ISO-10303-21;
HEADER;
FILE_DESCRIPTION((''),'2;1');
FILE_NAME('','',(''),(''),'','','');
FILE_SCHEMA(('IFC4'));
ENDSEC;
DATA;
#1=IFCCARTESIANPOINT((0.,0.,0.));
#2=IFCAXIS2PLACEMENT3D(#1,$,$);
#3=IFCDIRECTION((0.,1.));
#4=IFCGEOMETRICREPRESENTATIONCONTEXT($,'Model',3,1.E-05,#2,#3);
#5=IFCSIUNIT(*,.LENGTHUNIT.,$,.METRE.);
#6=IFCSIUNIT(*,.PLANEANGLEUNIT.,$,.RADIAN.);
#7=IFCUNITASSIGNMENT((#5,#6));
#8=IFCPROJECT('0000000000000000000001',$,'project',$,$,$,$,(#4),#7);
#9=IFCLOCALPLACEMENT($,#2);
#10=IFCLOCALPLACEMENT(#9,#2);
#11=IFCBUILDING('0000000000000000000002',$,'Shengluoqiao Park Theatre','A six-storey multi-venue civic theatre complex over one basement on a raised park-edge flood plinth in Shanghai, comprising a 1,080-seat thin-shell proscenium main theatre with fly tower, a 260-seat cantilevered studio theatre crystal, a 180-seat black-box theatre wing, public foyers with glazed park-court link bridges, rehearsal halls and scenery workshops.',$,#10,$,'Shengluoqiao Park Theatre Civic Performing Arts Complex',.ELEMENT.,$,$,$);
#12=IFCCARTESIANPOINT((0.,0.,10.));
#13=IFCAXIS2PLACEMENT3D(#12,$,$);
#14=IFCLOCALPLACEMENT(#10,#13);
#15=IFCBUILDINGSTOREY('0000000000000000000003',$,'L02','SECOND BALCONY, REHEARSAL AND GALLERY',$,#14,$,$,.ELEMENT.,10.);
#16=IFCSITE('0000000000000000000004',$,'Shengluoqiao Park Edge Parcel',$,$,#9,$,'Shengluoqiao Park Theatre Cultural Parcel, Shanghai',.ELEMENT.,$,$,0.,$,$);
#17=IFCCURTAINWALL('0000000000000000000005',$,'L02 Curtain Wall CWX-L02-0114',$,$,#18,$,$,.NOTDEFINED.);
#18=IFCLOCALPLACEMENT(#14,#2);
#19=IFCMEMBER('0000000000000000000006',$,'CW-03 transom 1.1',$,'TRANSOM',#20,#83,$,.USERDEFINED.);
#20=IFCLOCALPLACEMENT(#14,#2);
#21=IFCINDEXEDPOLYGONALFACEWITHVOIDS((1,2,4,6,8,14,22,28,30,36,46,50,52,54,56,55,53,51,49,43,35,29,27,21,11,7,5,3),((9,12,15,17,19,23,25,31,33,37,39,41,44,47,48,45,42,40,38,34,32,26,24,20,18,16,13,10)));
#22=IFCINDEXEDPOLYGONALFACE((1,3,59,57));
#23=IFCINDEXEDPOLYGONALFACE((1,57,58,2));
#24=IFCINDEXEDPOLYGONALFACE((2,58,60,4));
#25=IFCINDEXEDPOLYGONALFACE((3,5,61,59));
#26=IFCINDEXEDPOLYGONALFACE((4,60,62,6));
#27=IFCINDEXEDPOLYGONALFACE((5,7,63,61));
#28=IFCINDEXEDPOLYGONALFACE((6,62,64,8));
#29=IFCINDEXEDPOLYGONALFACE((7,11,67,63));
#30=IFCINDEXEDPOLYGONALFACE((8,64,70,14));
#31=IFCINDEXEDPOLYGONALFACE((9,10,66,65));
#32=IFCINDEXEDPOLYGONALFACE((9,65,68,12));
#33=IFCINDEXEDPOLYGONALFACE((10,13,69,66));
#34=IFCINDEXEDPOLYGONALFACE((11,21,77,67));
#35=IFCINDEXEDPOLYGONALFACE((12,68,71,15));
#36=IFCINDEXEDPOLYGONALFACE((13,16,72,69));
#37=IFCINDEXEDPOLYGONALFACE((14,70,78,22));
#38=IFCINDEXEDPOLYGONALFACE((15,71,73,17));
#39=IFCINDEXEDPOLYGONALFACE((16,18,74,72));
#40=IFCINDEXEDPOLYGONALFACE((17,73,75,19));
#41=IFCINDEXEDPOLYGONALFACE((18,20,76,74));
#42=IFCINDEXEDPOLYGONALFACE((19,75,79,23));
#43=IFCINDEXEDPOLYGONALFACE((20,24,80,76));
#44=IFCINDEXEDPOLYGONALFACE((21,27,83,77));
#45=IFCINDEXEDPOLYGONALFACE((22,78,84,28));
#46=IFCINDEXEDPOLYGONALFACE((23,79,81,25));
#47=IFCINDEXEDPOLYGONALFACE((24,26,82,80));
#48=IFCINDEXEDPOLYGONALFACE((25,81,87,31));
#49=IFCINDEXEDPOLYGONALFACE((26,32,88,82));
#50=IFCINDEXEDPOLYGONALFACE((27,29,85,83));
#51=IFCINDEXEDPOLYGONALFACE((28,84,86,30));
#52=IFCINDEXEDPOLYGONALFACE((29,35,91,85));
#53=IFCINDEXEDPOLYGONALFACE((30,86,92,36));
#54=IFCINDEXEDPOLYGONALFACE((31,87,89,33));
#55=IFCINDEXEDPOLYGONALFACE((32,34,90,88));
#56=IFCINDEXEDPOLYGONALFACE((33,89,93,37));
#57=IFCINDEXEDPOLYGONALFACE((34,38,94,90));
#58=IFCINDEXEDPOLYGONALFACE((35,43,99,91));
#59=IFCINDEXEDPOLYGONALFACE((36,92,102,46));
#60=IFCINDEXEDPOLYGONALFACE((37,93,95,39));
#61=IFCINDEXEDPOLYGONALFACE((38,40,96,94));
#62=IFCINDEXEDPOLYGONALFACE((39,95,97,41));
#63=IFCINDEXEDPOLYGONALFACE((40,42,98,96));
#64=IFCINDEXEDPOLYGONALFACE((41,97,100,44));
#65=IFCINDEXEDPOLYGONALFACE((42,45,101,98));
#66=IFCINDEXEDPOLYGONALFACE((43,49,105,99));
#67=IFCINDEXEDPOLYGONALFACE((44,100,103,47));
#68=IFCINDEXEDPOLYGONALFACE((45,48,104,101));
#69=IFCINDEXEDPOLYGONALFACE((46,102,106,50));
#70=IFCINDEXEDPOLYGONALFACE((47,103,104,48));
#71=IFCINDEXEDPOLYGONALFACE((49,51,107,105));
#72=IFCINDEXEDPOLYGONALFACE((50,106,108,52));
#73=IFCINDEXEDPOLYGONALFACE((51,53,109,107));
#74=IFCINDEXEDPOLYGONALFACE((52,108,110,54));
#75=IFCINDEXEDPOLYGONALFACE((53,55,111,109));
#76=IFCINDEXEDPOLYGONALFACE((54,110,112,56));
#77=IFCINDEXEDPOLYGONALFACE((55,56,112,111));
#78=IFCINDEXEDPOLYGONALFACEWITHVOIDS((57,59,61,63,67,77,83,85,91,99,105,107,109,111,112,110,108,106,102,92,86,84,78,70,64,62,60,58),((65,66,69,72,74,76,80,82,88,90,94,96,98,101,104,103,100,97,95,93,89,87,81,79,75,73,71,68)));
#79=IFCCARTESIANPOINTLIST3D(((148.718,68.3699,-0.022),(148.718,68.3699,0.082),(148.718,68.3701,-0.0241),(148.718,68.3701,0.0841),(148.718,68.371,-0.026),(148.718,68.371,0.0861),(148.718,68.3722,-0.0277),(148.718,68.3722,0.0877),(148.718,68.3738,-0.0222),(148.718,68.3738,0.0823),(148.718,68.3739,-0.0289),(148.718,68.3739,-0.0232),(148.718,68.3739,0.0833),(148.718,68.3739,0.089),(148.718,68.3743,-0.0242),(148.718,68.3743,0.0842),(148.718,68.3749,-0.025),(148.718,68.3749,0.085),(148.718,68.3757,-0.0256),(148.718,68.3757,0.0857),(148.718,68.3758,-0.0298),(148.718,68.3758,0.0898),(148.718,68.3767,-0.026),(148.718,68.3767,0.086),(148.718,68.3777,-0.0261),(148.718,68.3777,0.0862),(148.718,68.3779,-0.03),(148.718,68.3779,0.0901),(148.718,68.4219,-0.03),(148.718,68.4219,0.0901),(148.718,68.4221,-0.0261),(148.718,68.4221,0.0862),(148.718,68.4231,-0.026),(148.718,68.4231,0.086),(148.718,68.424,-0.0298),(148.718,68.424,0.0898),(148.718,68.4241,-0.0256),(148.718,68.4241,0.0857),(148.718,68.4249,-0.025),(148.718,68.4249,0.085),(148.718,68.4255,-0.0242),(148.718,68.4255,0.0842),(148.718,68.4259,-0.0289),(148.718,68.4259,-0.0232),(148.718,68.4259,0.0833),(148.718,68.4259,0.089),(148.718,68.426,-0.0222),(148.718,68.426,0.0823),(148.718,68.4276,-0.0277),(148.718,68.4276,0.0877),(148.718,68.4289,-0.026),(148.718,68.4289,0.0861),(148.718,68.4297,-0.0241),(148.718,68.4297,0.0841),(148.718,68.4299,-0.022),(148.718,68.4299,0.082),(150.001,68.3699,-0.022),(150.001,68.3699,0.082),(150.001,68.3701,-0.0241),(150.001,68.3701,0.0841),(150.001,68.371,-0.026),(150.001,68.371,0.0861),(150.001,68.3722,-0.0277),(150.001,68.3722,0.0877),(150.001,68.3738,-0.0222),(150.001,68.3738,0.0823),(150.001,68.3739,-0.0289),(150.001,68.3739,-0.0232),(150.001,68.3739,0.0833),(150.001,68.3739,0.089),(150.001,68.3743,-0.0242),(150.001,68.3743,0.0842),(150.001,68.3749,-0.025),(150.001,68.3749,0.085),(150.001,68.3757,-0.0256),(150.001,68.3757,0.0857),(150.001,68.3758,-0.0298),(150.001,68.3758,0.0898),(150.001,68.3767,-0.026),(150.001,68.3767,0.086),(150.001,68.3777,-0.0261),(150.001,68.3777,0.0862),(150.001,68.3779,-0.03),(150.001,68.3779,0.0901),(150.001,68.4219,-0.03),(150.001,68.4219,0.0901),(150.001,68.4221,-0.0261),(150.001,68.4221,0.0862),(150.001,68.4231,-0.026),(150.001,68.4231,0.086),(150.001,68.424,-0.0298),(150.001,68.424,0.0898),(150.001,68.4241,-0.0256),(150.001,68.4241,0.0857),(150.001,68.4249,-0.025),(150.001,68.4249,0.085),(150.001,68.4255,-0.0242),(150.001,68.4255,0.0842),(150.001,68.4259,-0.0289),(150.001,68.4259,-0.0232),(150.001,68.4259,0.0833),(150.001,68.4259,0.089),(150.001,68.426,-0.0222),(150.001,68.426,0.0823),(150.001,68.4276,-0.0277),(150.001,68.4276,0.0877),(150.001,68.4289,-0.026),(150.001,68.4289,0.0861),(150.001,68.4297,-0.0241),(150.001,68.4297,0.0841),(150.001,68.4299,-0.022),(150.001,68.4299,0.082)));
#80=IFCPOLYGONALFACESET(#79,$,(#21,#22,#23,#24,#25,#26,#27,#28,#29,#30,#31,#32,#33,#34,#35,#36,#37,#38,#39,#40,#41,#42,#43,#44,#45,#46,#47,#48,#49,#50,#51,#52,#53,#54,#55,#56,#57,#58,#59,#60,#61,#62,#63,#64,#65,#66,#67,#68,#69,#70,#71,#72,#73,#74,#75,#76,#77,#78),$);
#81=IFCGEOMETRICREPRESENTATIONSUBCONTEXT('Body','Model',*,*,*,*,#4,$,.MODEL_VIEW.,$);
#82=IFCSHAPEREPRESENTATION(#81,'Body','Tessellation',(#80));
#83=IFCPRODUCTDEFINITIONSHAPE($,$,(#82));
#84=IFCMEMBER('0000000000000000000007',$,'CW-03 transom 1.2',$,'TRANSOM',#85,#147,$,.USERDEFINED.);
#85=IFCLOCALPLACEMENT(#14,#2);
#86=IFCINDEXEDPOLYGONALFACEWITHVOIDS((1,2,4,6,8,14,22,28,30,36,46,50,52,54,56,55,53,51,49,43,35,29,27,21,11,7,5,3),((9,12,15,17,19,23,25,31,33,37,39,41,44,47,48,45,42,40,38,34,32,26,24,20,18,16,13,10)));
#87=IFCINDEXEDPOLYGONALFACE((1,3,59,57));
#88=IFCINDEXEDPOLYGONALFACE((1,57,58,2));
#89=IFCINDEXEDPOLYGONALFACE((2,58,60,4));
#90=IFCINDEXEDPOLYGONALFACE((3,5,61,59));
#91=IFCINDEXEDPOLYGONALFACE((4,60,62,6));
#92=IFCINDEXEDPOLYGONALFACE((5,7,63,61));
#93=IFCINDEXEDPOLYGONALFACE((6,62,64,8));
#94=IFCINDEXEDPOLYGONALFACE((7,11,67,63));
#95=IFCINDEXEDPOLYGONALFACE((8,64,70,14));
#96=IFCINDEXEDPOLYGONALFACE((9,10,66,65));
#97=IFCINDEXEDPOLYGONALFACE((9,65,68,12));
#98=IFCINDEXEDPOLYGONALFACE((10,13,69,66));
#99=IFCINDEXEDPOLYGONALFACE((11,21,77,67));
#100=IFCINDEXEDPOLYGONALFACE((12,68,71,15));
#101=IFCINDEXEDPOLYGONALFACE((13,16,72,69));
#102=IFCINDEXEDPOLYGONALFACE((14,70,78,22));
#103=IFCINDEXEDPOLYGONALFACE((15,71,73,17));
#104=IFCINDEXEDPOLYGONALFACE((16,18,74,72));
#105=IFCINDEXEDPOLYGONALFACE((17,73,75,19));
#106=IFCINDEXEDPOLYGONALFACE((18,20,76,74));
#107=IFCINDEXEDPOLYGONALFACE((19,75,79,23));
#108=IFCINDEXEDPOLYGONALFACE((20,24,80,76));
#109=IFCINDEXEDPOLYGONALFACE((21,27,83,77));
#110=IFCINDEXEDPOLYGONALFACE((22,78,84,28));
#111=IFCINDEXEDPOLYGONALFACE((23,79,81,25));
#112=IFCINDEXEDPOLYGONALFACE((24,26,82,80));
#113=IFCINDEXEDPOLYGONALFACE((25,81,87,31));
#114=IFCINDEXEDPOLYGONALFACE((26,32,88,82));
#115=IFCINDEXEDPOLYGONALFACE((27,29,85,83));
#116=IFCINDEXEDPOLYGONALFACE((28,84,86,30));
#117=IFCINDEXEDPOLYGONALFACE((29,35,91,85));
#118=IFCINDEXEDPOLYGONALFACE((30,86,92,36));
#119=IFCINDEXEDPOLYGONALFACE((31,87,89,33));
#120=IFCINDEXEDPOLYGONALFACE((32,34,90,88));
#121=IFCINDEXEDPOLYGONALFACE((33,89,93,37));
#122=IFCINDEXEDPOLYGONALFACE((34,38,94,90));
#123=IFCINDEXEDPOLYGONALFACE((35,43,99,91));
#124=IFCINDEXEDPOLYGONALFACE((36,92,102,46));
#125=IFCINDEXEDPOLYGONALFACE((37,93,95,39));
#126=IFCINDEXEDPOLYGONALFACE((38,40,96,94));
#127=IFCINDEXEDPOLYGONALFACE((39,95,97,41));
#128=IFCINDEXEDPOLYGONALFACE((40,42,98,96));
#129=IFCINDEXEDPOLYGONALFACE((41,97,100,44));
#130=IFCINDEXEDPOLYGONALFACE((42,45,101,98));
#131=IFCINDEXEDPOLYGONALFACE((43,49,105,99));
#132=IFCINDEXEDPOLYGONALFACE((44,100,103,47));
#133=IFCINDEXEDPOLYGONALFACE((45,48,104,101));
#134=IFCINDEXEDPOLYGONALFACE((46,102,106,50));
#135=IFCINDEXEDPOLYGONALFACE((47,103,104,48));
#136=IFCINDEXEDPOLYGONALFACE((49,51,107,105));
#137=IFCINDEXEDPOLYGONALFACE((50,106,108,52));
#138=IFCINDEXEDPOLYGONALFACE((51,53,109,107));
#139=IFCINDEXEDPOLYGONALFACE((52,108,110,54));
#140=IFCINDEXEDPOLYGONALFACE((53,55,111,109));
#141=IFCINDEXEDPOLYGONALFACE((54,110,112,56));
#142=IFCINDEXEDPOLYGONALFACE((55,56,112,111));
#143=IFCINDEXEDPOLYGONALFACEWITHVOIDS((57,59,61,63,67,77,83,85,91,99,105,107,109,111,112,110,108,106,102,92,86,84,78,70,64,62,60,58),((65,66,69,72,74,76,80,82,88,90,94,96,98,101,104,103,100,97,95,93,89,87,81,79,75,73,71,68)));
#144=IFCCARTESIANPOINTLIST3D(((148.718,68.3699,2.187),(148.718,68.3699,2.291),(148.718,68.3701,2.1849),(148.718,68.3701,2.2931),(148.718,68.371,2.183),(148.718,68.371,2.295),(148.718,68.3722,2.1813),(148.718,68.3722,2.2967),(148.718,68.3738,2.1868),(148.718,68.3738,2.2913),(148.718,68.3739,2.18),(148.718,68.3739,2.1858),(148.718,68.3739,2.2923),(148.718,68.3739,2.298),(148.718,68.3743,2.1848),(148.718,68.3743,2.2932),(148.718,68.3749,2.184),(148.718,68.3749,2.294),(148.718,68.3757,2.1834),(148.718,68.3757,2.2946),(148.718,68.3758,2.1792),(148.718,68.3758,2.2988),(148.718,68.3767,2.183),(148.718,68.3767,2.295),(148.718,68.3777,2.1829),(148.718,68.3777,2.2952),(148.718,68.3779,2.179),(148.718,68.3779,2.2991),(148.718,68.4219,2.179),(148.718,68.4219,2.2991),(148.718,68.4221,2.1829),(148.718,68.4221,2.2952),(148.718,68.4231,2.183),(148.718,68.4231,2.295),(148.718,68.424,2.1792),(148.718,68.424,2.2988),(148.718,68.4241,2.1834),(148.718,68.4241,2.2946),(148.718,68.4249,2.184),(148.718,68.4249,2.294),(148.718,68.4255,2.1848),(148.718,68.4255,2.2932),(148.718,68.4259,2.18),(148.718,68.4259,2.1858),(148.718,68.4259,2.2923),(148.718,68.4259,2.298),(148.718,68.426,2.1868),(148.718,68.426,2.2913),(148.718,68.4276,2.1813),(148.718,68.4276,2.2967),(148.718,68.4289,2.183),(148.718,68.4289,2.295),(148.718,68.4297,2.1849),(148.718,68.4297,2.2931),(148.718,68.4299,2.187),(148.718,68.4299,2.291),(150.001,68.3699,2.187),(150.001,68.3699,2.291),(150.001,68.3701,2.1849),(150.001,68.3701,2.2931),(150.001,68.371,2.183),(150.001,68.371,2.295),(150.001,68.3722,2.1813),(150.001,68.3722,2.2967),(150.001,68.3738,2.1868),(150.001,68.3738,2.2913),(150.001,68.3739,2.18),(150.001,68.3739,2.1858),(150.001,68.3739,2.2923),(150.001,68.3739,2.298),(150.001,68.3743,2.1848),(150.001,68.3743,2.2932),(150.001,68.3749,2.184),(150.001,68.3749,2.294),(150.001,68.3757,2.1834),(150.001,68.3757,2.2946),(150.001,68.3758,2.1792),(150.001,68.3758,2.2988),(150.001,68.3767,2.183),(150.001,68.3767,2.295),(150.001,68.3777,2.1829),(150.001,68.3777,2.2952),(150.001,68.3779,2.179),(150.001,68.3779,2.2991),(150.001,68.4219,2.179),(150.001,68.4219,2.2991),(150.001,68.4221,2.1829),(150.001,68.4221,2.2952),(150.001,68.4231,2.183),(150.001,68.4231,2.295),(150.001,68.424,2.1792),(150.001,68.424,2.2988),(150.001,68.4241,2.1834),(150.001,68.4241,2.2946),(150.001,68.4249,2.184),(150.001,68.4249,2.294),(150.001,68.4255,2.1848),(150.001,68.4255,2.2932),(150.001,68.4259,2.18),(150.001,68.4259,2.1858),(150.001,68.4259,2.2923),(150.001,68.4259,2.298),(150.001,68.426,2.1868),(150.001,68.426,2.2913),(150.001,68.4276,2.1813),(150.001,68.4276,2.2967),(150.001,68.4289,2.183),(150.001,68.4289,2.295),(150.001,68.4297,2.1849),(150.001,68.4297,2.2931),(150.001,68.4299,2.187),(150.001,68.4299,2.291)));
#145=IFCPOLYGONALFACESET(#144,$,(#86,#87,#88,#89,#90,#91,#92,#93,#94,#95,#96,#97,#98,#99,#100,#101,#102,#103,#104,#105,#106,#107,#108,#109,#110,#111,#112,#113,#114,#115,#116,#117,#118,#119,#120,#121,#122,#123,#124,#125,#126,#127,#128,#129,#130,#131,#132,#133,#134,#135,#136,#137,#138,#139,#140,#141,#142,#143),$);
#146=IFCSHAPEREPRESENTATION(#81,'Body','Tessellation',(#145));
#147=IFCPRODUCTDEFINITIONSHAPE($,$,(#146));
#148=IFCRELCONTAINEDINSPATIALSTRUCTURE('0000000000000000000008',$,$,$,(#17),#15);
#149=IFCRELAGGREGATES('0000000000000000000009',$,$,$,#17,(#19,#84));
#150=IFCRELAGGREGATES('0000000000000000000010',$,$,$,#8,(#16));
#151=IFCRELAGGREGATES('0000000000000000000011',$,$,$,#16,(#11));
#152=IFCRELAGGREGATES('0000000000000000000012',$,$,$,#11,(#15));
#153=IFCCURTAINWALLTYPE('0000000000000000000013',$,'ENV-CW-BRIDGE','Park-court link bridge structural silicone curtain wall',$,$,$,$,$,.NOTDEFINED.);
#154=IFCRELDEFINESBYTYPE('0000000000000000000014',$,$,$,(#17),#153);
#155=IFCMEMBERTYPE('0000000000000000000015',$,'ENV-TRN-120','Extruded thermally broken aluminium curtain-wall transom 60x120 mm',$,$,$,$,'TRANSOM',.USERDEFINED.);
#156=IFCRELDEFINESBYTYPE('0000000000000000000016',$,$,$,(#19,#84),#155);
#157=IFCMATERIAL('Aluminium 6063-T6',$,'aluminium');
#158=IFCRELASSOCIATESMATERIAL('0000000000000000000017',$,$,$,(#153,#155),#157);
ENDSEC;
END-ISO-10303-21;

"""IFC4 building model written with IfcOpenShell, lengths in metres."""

from ifc_helpers import new_model, si_unit, direction, frame, origin, origin_2d, place, context, subcontext, project, spatial, hollow_rectangle, extrude, material, material_profile, profile_set, type_object, element, aggregate, save


model = new_model("IFC4")

# Units and contexts
model_context = context("Model", 3, precision=1e-05, world=origin(), true_north=direction((0.0, 1.0)))
body_context = subcontext(model_context, "Body", "Model", "MODEL_VIEW")
ifc_project = project(units=[si_unit("LENGTHUNIT", "METRE"), si_unit("PLANEANGLEUNIT", "RADIAN")], contexts=[model_context])

# Site, building, storey
site_placement = place(None, origin())
site = spatial("IfcSite", under=ifc_project, at=site_placement, Name="Shengluoqiao Park Edge Parcel", LongName="Shengluoqiao Park Theatre Cultural Parcel, Shanghai", CompositionType="ELEMENT", RefElevation=0.0)
building_placement = place(site_placement, origin())
building = spatial("IfcBuilding", under=site, at=building_placement, Name="Shengluoqiao Park Theatre", Description="A six-storey multi-venue civic theatre complex over one basement on a raised park-edge flood plinth in Shanghai, comprising a 1,080-seat thin-shell proscenium main theatre with fly tower, a 260-seat cantilevered studio theatre crystal, a 180-seat black-box theatre wing, public foyers with glazed park-court link bridges, rehearsal halls and scenery workshops.", LongName="Shengluoqiao Park Theatre Civic Performing Arts Complex", CompositionType="ELEMENT")
storey_placement = place(building_placement, frame((0.0, 0.0, 10.0)))
storey = spatial("IfcBuildingStorey", under=building, at=storey_placement, Name="L02", Description="SECOND BALCONY, REHEARSAL AND GALLERY", CompositionType="ELEMENT", Elevation=10.0)

# Curtain wall, members
ifc_material_1 = material(Name="Aluminium 6063-T6", Category="aluminium")
curtain_wall_type_1 = type_object("IfcCurtainWallType", Name="ENV-CW-BRIDGE", Description="Park-court link bridge structural silicone curtain wall", PredefinedType="NOTDEFINED", material=ifc_material_1)
curtain_wall_1_placement = place(storey_placement, origin())
curtain_wall_1 = element("IfcCurtainWall", 1, at=curtain_wall_1_placement, inside=storey, type_object=curtain_wall_type_1, Name="L02 Curtain Wall CWX-L02-0114", PredefinedType="NOTDEFINED")
ifc_material_profile_1 = material_profile(ifc_material_1, hollow_rectangle(XDim=0.0601, YDim=0.1201, WallThickness=0.0039, InnerFilletRadius=0.0039, OuterFilletRadius=0.0081, at=origin_2d()), Name="ALU TRANSOM 120x60x4")
ifc_profile_set_1 = profile_set([ifc_material_profile_1], Name="Aluminium 6063-T6")
member_type_1 = type_object("IfcMemberType", Name="ENV-TRN-120", Description="Extruded thermally broken aluminium curtain-wall transom 60x120 mm", ElementType="TRANSOM", PredefinedType="USERDEFINED", material=ifc_profile_set_1)
member_1_placement = place(storey_placement, frame((148.718, 68.3999, 0.03), z_axis=(1.0, 0.0, 0.0), x_axis=(0.0, 1.0, 0.0)))
member_1 = element("IfcMember", 2, at=member_1_placement, type_object=member_type_1, Name="CW-03 transom 1.1", ObjectType="TRANSOM", PredefinedType="USERDEFINED", context=body_context, shape_type="SweptSolid", body=[
    extrude(hollow_rectangle(XDim=0.0601, YDim=0.1201, WallThickness=0.0039, InnerFilletRadius=0.0039, OuterFilletRadius=0.0081, at=origin_2d()), origin(), (0.0, 0.0, 1.0), 1.283),
])
member_2_placement = place(storey_placement, frame((148.718, 68.3999, 2.239), z_axis=(1.0, 0.0, 0.0), x_axis=(0.0, 1.0, 0.0)))
member_2 = element("IfcMember", 3, at=member_2_placement, type_object=member_type_1, Name="CW-03 transom 1.2", ObjectType="TRANSOM", PredefinedType="USERDEFINED", context=body_context, shape_type="SweptSolid", body=[
    extrude(hollow_rectangle(XDim=0.0601, YDim=0.1201, WallThickness=0.0039, InnerFilletRadius=0.0039, OuterFilletRadius=0.0081, at=origin_2d()), origin(), (0.0, 0.0, 1.0), 1.283),
])

aggregate(curtain_wall_1, [member_1, member_2])

save(model, "model.ifc")
